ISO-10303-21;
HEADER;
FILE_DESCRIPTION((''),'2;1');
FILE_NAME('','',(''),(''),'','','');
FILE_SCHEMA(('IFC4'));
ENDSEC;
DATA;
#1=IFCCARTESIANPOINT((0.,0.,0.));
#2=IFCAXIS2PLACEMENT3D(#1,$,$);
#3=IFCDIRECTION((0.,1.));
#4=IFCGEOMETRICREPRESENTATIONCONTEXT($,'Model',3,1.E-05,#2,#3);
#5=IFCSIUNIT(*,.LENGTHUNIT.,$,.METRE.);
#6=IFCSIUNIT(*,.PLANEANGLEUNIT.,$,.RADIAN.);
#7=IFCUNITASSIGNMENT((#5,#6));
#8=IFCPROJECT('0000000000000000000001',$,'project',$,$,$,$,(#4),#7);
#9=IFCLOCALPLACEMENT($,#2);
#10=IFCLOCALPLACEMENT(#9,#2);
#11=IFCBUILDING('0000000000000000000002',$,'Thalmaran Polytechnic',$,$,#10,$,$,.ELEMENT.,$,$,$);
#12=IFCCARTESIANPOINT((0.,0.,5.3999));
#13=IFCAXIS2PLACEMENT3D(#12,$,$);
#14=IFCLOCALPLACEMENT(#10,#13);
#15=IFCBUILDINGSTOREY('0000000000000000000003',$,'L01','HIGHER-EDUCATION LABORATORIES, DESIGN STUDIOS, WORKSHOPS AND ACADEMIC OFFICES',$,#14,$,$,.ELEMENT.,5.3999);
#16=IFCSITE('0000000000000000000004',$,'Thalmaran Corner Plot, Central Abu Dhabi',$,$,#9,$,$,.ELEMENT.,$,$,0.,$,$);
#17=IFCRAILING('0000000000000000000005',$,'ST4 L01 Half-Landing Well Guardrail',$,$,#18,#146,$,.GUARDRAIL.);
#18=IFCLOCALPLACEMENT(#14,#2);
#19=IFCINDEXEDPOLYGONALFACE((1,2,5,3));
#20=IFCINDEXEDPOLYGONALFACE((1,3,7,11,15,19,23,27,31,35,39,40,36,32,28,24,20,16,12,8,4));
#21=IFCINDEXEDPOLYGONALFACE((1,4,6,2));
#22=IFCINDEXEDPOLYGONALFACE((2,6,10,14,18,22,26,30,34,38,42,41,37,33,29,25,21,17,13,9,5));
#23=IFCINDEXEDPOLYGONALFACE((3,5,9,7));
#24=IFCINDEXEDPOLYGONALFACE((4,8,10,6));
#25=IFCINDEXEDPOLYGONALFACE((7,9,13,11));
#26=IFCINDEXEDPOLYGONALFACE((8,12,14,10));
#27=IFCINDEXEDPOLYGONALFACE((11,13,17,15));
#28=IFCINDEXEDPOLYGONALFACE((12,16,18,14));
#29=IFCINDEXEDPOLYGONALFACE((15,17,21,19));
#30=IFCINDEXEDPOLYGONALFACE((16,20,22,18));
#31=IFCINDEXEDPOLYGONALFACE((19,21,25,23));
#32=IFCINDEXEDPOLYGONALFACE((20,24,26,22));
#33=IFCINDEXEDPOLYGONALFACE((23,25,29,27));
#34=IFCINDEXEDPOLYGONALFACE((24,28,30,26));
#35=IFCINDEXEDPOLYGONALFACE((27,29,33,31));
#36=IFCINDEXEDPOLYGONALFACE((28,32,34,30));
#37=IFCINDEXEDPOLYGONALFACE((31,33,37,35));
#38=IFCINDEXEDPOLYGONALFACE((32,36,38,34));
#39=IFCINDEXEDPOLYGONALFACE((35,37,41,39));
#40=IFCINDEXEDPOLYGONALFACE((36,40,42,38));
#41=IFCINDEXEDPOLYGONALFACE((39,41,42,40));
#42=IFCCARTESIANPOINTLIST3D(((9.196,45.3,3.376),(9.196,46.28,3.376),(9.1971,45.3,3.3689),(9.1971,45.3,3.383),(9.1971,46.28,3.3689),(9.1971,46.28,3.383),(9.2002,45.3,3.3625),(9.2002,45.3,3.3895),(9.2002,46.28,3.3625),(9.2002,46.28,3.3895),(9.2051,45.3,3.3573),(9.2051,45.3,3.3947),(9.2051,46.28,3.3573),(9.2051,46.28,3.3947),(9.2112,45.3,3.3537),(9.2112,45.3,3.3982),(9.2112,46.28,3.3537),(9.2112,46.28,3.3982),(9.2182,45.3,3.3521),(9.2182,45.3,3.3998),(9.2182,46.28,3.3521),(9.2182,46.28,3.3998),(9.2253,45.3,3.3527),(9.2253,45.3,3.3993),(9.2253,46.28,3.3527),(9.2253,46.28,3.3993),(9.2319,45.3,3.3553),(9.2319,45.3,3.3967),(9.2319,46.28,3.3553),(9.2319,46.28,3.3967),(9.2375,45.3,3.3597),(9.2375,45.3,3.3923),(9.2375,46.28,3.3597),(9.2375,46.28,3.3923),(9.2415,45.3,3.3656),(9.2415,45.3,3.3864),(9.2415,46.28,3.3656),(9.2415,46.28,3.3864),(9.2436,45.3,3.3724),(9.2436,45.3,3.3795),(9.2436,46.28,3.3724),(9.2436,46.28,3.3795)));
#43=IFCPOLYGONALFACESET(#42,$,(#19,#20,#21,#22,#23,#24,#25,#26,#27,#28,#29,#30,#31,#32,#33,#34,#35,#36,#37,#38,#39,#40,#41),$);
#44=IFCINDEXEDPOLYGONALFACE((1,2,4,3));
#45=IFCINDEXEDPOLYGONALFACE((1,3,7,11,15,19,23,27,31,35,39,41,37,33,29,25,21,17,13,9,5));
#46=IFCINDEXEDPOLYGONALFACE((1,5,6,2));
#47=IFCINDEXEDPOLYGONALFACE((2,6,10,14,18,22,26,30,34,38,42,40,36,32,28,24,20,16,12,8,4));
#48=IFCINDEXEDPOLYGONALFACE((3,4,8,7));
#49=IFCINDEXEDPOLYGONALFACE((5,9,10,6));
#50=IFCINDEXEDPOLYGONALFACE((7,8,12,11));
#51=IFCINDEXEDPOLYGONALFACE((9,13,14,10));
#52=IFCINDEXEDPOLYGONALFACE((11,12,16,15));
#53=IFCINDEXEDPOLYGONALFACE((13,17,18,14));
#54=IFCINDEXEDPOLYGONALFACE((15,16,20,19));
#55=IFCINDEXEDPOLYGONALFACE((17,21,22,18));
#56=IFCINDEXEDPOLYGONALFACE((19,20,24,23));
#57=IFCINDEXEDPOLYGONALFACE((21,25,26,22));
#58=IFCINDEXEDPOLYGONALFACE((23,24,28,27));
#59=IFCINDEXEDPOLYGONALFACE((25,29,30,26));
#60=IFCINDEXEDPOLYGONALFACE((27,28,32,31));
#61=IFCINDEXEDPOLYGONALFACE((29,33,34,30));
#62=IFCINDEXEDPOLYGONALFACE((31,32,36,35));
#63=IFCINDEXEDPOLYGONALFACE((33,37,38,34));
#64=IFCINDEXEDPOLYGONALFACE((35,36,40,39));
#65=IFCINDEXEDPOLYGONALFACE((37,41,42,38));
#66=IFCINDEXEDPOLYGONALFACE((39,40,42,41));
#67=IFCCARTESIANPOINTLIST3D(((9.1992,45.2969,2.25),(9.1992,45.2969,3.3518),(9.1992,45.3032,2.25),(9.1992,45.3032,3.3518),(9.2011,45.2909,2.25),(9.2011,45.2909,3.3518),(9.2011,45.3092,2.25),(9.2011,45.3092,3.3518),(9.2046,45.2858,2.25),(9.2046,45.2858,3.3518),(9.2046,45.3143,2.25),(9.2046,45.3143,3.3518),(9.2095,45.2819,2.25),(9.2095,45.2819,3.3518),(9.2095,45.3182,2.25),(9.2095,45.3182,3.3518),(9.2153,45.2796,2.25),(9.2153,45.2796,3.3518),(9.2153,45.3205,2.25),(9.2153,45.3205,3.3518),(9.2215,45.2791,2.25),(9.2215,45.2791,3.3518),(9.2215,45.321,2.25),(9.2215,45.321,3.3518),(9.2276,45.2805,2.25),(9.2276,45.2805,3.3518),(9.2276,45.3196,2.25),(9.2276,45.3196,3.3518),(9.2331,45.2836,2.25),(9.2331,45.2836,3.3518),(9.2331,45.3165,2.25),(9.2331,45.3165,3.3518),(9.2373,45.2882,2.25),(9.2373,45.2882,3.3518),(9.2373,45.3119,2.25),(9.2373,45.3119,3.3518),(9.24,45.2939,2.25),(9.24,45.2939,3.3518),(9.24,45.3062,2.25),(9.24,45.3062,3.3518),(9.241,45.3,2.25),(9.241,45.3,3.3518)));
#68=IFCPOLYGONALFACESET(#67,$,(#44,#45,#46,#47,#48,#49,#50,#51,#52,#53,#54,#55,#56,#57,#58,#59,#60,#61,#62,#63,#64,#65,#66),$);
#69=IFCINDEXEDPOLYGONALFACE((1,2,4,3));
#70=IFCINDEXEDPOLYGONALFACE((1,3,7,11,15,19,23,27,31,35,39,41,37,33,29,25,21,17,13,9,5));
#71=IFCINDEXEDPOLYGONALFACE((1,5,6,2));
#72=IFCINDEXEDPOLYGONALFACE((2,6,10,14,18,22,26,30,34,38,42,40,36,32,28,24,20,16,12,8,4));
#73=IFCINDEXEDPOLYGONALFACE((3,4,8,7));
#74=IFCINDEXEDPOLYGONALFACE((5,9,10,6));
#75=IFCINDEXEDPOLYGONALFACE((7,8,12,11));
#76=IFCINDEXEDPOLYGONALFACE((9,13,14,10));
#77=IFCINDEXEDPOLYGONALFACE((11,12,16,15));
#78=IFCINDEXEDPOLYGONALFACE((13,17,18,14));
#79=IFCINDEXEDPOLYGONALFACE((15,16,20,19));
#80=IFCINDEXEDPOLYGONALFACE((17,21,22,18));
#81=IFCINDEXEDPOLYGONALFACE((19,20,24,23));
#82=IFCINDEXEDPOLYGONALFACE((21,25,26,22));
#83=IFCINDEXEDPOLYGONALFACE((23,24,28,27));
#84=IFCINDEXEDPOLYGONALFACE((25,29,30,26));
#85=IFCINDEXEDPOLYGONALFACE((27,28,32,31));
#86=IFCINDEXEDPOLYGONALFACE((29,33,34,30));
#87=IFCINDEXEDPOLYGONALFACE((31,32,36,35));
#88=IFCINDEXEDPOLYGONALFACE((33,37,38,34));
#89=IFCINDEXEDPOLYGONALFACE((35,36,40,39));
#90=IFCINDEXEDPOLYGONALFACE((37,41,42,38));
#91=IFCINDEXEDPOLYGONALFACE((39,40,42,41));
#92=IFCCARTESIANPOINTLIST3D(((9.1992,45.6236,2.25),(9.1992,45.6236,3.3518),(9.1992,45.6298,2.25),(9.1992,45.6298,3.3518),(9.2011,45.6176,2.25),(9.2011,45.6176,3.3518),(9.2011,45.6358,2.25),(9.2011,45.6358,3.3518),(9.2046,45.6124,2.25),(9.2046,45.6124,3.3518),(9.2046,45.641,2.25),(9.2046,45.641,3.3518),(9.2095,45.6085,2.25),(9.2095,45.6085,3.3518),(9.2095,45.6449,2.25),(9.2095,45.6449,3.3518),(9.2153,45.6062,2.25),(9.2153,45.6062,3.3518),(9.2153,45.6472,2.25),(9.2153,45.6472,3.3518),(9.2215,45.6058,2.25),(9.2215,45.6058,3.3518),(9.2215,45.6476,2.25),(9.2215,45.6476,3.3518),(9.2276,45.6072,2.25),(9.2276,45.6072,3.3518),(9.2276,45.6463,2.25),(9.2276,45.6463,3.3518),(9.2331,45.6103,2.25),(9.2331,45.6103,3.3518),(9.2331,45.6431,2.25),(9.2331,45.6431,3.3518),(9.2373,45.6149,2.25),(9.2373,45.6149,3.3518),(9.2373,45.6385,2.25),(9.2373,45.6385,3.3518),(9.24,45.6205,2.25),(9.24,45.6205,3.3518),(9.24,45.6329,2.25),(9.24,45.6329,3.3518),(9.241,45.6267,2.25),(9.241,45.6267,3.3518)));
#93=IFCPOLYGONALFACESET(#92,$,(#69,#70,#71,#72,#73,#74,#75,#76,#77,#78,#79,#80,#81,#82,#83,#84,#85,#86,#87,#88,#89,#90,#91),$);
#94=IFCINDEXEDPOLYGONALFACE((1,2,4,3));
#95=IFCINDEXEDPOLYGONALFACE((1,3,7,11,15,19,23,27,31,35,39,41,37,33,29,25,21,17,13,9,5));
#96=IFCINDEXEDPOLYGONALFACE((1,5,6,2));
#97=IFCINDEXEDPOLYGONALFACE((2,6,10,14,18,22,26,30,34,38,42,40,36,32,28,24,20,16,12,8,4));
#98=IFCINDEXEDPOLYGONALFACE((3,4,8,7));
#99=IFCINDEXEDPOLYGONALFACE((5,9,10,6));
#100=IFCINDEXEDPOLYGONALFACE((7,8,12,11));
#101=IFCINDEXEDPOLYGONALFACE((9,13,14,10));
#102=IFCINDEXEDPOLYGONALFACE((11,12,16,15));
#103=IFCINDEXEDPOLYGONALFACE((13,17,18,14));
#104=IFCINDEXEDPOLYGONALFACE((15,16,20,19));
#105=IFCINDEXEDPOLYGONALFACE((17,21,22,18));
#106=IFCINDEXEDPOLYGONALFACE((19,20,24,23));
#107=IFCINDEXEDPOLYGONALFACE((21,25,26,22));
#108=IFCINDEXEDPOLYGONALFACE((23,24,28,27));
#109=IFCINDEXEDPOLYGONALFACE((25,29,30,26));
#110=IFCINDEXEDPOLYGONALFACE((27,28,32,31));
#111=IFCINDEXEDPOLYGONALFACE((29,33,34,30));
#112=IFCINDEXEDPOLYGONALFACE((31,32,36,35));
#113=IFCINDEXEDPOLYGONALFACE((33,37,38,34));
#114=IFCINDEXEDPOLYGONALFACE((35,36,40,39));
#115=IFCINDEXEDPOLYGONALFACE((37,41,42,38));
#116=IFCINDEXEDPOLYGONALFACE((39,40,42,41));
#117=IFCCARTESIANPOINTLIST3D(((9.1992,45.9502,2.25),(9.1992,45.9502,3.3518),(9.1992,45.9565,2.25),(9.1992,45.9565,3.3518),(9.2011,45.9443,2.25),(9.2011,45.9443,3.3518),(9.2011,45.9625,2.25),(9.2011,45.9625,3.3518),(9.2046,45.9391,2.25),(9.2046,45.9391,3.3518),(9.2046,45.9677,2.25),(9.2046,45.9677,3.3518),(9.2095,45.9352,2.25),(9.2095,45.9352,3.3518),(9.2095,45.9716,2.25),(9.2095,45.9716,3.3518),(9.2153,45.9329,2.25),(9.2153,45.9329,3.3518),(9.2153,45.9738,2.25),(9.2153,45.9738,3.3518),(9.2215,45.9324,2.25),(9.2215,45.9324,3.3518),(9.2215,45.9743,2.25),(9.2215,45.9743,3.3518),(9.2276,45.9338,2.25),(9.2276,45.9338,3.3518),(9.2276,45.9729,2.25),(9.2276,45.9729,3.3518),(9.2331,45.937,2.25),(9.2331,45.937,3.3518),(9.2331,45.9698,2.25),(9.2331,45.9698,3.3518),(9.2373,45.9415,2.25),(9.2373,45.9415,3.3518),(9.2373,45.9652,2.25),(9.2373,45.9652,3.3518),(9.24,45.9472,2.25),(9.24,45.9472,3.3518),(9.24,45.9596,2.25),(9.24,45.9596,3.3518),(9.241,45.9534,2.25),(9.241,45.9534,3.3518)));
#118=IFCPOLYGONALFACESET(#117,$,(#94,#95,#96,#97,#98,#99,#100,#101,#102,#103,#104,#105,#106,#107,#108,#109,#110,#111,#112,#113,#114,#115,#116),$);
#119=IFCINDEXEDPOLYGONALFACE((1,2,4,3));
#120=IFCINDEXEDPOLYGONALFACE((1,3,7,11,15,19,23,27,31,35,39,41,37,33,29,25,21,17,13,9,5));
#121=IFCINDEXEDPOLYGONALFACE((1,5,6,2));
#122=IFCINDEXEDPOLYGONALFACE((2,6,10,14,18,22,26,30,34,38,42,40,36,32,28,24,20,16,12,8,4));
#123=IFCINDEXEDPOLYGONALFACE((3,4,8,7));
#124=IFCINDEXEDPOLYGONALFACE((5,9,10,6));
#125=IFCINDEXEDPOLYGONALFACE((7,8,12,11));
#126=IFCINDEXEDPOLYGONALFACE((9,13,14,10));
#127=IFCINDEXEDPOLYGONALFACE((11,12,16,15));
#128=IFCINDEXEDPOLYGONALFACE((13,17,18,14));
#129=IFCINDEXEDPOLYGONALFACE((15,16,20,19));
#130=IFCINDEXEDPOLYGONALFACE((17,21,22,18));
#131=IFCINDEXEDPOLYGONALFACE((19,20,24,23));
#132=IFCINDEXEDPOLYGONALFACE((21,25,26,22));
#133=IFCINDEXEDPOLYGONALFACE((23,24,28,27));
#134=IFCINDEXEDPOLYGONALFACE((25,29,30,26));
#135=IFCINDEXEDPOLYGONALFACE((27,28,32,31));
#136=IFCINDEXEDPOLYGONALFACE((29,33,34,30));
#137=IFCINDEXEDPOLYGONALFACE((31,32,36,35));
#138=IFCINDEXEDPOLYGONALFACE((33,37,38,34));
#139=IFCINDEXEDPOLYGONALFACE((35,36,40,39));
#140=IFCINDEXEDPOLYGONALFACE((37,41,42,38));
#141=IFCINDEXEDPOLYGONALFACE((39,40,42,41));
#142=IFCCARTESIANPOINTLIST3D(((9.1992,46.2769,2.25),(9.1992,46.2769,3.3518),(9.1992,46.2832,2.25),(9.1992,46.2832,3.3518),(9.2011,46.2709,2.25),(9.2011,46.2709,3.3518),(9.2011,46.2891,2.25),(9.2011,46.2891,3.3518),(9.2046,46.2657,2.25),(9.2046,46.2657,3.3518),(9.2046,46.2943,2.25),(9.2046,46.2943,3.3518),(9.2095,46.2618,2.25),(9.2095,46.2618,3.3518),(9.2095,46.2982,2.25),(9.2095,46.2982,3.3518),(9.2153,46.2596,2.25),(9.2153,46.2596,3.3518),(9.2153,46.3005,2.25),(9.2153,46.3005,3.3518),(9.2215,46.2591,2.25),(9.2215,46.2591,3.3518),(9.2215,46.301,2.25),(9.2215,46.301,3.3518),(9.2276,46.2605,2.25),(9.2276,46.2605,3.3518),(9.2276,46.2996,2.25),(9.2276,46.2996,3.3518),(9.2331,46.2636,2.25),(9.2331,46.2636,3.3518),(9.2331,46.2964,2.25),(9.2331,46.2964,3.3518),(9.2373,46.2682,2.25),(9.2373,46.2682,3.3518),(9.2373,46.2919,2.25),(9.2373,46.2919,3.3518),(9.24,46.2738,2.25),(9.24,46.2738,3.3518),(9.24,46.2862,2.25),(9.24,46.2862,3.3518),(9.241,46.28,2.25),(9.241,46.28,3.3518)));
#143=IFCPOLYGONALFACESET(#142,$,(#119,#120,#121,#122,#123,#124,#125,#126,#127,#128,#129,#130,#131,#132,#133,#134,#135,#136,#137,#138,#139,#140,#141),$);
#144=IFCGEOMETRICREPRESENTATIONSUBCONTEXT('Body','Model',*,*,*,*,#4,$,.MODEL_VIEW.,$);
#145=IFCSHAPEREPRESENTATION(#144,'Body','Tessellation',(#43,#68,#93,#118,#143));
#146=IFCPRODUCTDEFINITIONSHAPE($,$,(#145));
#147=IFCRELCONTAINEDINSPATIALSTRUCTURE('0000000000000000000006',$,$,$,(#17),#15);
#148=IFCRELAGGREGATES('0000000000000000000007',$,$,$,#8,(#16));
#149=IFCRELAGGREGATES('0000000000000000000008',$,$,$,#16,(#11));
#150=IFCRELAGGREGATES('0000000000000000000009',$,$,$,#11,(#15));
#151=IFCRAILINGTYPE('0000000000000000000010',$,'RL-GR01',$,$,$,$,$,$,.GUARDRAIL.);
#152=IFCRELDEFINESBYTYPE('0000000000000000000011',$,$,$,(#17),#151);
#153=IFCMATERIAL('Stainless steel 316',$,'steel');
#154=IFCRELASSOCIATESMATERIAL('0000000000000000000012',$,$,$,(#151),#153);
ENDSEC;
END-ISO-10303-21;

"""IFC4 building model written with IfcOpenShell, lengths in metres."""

from ifc_helpers import new_model, si_unit, direction, frame, origin, origin_2d, place, context, subcontext, project, spatial, circle, extrude, material, type_object, element, save


model = new_model("IFC4")

# Units and contexts
model_context = context("Model", 3, precision=1e-05, world=origin(), true_north=direction((0.0, 1.0)))
body_context = subcontext(model_context, "Body", "Model", "MODEL_VIEW")
ifc_project = project(units=[si_unit("LENGTHUNIT", "METRE"), si_unit("PLANEANGLEUNIT", "RADIAN")], contexts=[model_context])

# Site, building, storey
site_placement = place(None, origin())
site = spatial("IfcSite", under=ifc_project, at=site_placement, Name="Thalmaran Corner Plot, Central Abu Dhabi", CompositionType="ELEMENT", RefElevation=0.0)
building_placement = place(site_placement, origin())
building = spatial("IfcBuilding", under=site, at=building_placement, Name="Thalmaran Polytechnic", CompositionType="ELEMENT")
storey_placement = place(building_placement, frame((0.0, 0.0, 5.3999)))
storey = spatial("IfcBuildingStorey", under=building, at=storey_placement, Name="L01", Description="HIGHER-EDUCATION LABORATORIES, DESIGN STUDIOS, WORKSHOPS AND ACADEMIC OFFICES", CompositionType="ELEMENT", Elevation=5.3999)

# Railing
ifc_material_1 = material(Name="Stainless steel 316", Category="steel")
railing_type_1 = type_object("IfcRailingType", Name="RL-GR01", PredefinedType="GUARDRAIL", material=ifc_material_1)
railing_1_placement = place(storey_placement, frame((9.22, 45.3, 2.25)))
element("IfcRailing", 1, at=railing_1_placement, inside=storey, type_object=railing_type_1, Name="ST4 L01 Half-Landing Well Guardrail", PredefinedType="GUARDRAIL", context=body_context, shape_type="SweptSolid", body=[
    extrude(circle(Radius=0.0239, at=origin_2d()), frame((0.0, 0.0, 1.126), z_axis=(0.0, 1.0, 0.0), x_axis=(-1.0, 0.0, 0.0)), (0.0, 0.0, 1.0), 0.98),
    extrude(circle(Radius=0.021, at=origin_2d()), origin(), (0.0, 0.0, 1.0), 1.1018),
    extrude(circle(Radius=0.021, at=origin_2d()), frame((0.0, 0.3267, 0.0)), (0.0, 0.0, 1.0), 1.1018),
    extrude(circle(Radius=0.021, at=origin_2d()), frame((0.0, 0.6533, 0.0)), (0.0, 0.0, 1.0), 1.1018),
    extrude(circle(Radius=0.021, at=origin_2d()), frame((0.0, 0.98, 0.0)), (0.0, 0.0, 1.0), 1.1018),
])

save(model, "model.ifc")
